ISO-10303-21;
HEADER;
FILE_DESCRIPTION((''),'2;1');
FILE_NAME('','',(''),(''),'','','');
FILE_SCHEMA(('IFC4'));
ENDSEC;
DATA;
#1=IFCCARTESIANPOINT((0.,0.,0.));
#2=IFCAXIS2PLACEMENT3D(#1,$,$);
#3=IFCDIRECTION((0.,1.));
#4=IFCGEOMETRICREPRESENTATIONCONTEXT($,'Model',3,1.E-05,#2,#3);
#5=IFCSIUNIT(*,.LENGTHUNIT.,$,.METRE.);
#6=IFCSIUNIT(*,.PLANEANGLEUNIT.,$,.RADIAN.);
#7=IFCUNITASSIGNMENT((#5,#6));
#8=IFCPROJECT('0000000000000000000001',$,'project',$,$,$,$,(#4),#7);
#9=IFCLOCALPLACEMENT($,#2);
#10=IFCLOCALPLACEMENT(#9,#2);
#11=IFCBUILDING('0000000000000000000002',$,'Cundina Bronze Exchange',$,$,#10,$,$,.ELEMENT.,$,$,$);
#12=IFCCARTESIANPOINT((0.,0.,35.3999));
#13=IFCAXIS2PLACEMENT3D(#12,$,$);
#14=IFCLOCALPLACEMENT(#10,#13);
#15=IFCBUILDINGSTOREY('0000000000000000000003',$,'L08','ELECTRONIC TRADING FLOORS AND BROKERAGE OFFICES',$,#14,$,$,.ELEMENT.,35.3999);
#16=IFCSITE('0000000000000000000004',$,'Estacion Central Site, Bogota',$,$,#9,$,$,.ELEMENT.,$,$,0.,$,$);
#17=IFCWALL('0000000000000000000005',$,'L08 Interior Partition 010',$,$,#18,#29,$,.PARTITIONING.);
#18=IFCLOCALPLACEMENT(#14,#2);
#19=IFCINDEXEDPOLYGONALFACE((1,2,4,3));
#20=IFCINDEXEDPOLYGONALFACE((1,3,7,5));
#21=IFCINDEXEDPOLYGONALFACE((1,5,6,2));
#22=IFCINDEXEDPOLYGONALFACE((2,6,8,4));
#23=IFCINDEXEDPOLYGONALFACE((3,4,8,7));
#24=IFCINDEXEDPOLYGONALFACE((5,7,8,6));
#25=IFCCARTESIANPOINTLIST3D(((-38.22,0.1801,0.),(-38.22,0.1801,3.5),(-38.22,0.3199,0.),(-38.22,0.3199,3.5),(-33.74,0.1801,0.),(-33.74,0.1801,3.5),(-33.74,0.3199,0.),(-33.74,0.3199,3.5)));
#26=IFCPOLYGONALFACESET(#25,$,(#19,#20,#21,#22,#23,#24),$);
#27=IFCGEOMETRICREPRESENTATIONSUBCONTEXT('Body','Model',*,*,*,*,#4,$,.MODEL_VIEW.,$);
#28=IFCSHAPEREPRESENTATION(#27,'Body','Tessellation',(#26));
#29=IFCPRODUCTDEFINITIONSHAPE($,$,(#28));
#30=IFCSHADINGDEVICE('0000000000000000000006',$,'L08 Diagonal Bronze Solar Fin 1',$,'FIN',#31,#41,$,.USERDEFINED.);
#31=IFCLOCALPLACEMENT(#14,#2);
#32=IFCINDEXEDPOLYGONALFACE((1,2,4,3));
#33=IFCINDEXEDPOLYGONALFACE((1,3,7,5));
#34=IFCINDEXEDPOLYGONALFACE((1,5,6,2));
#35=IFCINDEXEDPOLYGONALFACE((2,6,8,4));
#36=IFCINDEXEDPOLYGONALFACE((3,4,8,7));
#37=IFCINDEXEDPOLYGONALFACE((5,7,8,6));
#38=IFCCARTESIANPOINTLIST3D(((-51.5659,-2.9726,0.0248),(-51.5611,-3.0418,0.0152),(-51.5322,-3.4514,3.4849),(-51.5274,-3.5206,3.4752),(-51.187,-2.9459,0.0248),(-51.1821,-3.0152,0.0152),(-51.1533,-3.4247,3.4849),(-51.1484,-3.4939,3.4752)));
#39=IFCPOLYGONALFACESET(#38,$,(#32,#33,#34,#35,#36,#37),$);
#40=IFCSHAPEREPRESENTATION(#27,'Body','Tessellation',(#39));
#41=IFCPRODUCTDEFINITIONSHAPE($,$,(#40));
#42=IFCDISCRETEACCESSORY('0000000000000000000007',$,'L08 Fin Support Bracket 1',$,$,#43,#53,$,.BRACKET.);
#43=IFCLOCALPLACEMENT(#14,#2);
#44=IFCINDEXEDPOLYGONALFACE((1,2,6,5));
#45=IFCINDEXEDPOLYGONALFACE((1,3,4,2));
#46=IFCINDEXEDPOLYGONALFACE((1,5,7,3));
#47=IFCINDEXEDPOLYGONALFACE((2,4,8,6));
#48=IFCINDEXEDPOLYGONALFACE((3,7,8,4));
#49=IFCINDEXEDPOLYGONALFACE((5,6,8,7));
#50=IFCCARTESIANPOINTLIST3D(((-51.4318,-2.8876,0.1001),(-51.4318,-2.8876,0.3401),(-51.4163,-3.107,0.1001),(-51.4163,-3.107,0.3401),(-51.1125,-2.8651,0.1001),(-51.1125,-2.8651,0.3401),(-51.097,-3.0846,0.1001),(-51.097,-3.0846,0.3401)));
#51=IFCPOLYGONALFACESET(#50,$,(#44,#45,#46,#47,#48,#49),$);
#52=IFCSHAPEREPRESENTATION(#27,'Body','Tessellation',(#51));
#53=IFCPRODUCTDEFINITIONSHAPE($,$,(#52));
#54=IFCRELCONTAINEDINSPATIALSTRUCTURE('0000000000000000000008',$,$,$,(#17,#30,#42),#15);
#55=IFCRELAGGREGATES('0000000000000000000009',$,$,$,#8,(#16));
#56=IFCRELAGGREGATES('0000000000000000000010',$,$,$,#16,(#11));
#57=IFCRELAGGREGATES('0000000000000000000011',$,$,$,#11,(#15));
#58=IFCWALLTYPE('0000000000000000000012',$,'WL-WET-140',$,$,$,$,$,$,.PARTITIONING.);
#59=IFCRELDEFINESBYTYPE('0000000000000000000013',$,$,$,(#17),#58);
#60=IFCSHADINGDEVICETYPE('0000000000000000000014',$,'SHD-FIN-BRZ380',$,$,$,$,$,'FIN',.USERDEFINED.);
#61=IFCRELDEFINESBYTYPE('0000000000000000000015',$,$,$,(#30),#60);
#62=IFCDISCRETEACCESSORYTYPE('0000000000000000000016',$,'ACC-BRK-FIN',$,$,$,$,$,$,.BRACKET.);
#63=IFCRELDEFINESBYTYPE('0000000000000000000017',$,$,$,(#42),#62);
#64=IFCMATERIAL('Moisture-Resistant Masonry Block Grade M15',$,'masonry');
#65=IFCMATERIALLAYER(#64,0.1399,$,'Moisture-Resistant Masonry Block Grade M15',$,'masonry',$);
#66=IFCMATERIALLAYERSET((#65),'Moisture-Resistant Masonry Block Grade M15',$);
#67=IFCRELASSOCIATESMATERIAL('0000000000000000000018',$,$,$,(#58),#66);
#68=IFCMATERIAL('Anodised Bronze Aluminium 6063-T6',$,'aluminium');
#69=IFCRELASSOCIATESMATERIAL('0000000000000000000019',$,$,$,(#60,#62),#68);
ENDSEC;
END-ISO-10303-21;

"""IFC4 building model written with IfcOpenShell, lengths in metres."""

from ifc_helpers import new_model, si_unit, direction, frame, frame_2d, origin, origin_2d, place, context, subcontext, project, spatial, rectangle, extrude, material, layer, layer_set, material_profile, profile_set, type_object, element, save


model = new_model("IFC4")

# Units and contexts
model_context = context("Model", 3, precision=1e-05, world=origin(), true_north=direction((0.0, 1.0)))
body_context = subcontext(model_context, "Body", "Model", "MODEL_VIEW")
ifc_project = project(units=[si_unit("LENGTHUNIT", "METRE"), si_unit("PLANEANGLEUNIT", "RADIAN")], contexts=[model_context])

# Site, building, storey
site_placement = place(None, origin())
site = spatial("IfcSite", under=ifc_project, at=site_placement, Name="Estacion Central Site, Bogota", CompositionType="ELEMENT", RefElevation=0.0)
building_placement = place(site_placement, origin())
building = spatial("IfcBuilding", under=site, at=building_placement, Name="Cundina Bronze Exchange", CompositionType="ELEMENT")
storey_placement = place(building_placement, frame((0.0, 0.0, 35.3999)))
storey = spatial("IfcBuildingStorey", under=building, at=storey_placement, Name="L08", Description="ELECTRONIC TRADING FLOORS AND BROKERAGE OFFICES", CompositionType="ELEMENT", Elevation=35.3999)

# Shared definitions
ifc_material_1 = material(Name="Anodised Bronze Aluminium 6063-T6", Category="aluminium")

# Wall
ifc_material_2 = material(Name="Moisture-Resistant Masonry Block Grade M15", Category="masonry")
ifc_layer_1 = layer(ifc_material_2, 0.1399, Name="Moisture-Resistant Masonry Block Grade M15", Category="masonry")
ifc_layer_set_1 = layer_set([ifc_layer_1], Name="Moisture-Resistant Masonry Block Grade M15")
wall_type_1 = type_object("IfcWallType", Name="WL-WET-140", PredefinedType="PARTITIONING", material=ifc_layer_set_1)
wall_1_placement = place(storey_placement, frame((-38.22, 0.25, 0.0), z_axis=(0.0, 0.0, 1.0), x_axis=(1.0, 0.0, 0.0)))
element("IfcWall", 1, at=wall_1_placement, inside=storey, type_object=wall_type_1, Name="L08 Interior Partition 010", PredefinedType="PARTITIONING", context=body_context, shape_type="SweptSolid", body=[
    extrude(rectangle(XDim=4.48, YDim=0.1399, at=frame_2d((2.24, 0.0))), origin(), (0.0, 0.0, 1.0), 3.5),
])

# Shading device
ifc_material_profile_1 = material_profile(ifc_material_1, rectangle(XDim=0.0701, YDim=0.3799, at=origin_2d()), Name="FIN70X380", Category="aluminium")
ifc_profile_set_1 = profile_set([ifc_material_profile_1], Name="Anodised Bronze Aluminium 6063-T6")
shading_device_type = type_object("IfcShadingDeviceType", Name="SHD-FIN-BRZ380", ElementType="FIN", PredefinedType="USERDEFINED", material=ifc_profile_set_1)
shading_device_placement = place(storey_placement, frame((-51.374, -2.9939, 0.02), z_axis=(0.009645, -0.137059, 0.990516), x_axis=(-0.069533, 0.988072, 0.137398)))
element("IfcShadingDevice", 2, at=shading_device_placement, inside=storey, type_object=shading_device_type, Name="L08 Diagonal Bronze Solar Fin 1", ObjectType="FIN", PredefinedType="USERDEFINED", context=body_context, shape_type="SweptSolid", body=[
    extrude(rectangle(XDim=0.0701, YDim=0.3799, at=origin_2d()), origin(), (0.0, 0.0, 1.0), 3.4932),
])

# Discrete accessory
discrete_accessory_type = type_object("IfcDiscreteAccessoryType", Name="ACC-BRK-FIN", PredefinedType="BRACKET", material=ifc_material_1)
discrete_accessory_placement = place(storey_placement, frame((-51.2644, -2.9861, 0.1001), z_axis=(0.0, 0.0, 1.0), x_axis=(0.070279, -0.997527, 0.0)))
element("IfcDiscreteAccessory", 3, at=discrete_accessory_placement, inside=storey, type_object=discrete_accessory_type, Name="L08 Fin Support Bracket 1", PredefinedType="BRACKET", context=body_context, shape_type="SweptSolid", body=[
    extrude(rectangle(XDim=0.22, YDim=0.3201, at=origin_2d()), origin(), (0.0, 0.0, 1.0), 0.24),
])

save(model, "model.ifc")
